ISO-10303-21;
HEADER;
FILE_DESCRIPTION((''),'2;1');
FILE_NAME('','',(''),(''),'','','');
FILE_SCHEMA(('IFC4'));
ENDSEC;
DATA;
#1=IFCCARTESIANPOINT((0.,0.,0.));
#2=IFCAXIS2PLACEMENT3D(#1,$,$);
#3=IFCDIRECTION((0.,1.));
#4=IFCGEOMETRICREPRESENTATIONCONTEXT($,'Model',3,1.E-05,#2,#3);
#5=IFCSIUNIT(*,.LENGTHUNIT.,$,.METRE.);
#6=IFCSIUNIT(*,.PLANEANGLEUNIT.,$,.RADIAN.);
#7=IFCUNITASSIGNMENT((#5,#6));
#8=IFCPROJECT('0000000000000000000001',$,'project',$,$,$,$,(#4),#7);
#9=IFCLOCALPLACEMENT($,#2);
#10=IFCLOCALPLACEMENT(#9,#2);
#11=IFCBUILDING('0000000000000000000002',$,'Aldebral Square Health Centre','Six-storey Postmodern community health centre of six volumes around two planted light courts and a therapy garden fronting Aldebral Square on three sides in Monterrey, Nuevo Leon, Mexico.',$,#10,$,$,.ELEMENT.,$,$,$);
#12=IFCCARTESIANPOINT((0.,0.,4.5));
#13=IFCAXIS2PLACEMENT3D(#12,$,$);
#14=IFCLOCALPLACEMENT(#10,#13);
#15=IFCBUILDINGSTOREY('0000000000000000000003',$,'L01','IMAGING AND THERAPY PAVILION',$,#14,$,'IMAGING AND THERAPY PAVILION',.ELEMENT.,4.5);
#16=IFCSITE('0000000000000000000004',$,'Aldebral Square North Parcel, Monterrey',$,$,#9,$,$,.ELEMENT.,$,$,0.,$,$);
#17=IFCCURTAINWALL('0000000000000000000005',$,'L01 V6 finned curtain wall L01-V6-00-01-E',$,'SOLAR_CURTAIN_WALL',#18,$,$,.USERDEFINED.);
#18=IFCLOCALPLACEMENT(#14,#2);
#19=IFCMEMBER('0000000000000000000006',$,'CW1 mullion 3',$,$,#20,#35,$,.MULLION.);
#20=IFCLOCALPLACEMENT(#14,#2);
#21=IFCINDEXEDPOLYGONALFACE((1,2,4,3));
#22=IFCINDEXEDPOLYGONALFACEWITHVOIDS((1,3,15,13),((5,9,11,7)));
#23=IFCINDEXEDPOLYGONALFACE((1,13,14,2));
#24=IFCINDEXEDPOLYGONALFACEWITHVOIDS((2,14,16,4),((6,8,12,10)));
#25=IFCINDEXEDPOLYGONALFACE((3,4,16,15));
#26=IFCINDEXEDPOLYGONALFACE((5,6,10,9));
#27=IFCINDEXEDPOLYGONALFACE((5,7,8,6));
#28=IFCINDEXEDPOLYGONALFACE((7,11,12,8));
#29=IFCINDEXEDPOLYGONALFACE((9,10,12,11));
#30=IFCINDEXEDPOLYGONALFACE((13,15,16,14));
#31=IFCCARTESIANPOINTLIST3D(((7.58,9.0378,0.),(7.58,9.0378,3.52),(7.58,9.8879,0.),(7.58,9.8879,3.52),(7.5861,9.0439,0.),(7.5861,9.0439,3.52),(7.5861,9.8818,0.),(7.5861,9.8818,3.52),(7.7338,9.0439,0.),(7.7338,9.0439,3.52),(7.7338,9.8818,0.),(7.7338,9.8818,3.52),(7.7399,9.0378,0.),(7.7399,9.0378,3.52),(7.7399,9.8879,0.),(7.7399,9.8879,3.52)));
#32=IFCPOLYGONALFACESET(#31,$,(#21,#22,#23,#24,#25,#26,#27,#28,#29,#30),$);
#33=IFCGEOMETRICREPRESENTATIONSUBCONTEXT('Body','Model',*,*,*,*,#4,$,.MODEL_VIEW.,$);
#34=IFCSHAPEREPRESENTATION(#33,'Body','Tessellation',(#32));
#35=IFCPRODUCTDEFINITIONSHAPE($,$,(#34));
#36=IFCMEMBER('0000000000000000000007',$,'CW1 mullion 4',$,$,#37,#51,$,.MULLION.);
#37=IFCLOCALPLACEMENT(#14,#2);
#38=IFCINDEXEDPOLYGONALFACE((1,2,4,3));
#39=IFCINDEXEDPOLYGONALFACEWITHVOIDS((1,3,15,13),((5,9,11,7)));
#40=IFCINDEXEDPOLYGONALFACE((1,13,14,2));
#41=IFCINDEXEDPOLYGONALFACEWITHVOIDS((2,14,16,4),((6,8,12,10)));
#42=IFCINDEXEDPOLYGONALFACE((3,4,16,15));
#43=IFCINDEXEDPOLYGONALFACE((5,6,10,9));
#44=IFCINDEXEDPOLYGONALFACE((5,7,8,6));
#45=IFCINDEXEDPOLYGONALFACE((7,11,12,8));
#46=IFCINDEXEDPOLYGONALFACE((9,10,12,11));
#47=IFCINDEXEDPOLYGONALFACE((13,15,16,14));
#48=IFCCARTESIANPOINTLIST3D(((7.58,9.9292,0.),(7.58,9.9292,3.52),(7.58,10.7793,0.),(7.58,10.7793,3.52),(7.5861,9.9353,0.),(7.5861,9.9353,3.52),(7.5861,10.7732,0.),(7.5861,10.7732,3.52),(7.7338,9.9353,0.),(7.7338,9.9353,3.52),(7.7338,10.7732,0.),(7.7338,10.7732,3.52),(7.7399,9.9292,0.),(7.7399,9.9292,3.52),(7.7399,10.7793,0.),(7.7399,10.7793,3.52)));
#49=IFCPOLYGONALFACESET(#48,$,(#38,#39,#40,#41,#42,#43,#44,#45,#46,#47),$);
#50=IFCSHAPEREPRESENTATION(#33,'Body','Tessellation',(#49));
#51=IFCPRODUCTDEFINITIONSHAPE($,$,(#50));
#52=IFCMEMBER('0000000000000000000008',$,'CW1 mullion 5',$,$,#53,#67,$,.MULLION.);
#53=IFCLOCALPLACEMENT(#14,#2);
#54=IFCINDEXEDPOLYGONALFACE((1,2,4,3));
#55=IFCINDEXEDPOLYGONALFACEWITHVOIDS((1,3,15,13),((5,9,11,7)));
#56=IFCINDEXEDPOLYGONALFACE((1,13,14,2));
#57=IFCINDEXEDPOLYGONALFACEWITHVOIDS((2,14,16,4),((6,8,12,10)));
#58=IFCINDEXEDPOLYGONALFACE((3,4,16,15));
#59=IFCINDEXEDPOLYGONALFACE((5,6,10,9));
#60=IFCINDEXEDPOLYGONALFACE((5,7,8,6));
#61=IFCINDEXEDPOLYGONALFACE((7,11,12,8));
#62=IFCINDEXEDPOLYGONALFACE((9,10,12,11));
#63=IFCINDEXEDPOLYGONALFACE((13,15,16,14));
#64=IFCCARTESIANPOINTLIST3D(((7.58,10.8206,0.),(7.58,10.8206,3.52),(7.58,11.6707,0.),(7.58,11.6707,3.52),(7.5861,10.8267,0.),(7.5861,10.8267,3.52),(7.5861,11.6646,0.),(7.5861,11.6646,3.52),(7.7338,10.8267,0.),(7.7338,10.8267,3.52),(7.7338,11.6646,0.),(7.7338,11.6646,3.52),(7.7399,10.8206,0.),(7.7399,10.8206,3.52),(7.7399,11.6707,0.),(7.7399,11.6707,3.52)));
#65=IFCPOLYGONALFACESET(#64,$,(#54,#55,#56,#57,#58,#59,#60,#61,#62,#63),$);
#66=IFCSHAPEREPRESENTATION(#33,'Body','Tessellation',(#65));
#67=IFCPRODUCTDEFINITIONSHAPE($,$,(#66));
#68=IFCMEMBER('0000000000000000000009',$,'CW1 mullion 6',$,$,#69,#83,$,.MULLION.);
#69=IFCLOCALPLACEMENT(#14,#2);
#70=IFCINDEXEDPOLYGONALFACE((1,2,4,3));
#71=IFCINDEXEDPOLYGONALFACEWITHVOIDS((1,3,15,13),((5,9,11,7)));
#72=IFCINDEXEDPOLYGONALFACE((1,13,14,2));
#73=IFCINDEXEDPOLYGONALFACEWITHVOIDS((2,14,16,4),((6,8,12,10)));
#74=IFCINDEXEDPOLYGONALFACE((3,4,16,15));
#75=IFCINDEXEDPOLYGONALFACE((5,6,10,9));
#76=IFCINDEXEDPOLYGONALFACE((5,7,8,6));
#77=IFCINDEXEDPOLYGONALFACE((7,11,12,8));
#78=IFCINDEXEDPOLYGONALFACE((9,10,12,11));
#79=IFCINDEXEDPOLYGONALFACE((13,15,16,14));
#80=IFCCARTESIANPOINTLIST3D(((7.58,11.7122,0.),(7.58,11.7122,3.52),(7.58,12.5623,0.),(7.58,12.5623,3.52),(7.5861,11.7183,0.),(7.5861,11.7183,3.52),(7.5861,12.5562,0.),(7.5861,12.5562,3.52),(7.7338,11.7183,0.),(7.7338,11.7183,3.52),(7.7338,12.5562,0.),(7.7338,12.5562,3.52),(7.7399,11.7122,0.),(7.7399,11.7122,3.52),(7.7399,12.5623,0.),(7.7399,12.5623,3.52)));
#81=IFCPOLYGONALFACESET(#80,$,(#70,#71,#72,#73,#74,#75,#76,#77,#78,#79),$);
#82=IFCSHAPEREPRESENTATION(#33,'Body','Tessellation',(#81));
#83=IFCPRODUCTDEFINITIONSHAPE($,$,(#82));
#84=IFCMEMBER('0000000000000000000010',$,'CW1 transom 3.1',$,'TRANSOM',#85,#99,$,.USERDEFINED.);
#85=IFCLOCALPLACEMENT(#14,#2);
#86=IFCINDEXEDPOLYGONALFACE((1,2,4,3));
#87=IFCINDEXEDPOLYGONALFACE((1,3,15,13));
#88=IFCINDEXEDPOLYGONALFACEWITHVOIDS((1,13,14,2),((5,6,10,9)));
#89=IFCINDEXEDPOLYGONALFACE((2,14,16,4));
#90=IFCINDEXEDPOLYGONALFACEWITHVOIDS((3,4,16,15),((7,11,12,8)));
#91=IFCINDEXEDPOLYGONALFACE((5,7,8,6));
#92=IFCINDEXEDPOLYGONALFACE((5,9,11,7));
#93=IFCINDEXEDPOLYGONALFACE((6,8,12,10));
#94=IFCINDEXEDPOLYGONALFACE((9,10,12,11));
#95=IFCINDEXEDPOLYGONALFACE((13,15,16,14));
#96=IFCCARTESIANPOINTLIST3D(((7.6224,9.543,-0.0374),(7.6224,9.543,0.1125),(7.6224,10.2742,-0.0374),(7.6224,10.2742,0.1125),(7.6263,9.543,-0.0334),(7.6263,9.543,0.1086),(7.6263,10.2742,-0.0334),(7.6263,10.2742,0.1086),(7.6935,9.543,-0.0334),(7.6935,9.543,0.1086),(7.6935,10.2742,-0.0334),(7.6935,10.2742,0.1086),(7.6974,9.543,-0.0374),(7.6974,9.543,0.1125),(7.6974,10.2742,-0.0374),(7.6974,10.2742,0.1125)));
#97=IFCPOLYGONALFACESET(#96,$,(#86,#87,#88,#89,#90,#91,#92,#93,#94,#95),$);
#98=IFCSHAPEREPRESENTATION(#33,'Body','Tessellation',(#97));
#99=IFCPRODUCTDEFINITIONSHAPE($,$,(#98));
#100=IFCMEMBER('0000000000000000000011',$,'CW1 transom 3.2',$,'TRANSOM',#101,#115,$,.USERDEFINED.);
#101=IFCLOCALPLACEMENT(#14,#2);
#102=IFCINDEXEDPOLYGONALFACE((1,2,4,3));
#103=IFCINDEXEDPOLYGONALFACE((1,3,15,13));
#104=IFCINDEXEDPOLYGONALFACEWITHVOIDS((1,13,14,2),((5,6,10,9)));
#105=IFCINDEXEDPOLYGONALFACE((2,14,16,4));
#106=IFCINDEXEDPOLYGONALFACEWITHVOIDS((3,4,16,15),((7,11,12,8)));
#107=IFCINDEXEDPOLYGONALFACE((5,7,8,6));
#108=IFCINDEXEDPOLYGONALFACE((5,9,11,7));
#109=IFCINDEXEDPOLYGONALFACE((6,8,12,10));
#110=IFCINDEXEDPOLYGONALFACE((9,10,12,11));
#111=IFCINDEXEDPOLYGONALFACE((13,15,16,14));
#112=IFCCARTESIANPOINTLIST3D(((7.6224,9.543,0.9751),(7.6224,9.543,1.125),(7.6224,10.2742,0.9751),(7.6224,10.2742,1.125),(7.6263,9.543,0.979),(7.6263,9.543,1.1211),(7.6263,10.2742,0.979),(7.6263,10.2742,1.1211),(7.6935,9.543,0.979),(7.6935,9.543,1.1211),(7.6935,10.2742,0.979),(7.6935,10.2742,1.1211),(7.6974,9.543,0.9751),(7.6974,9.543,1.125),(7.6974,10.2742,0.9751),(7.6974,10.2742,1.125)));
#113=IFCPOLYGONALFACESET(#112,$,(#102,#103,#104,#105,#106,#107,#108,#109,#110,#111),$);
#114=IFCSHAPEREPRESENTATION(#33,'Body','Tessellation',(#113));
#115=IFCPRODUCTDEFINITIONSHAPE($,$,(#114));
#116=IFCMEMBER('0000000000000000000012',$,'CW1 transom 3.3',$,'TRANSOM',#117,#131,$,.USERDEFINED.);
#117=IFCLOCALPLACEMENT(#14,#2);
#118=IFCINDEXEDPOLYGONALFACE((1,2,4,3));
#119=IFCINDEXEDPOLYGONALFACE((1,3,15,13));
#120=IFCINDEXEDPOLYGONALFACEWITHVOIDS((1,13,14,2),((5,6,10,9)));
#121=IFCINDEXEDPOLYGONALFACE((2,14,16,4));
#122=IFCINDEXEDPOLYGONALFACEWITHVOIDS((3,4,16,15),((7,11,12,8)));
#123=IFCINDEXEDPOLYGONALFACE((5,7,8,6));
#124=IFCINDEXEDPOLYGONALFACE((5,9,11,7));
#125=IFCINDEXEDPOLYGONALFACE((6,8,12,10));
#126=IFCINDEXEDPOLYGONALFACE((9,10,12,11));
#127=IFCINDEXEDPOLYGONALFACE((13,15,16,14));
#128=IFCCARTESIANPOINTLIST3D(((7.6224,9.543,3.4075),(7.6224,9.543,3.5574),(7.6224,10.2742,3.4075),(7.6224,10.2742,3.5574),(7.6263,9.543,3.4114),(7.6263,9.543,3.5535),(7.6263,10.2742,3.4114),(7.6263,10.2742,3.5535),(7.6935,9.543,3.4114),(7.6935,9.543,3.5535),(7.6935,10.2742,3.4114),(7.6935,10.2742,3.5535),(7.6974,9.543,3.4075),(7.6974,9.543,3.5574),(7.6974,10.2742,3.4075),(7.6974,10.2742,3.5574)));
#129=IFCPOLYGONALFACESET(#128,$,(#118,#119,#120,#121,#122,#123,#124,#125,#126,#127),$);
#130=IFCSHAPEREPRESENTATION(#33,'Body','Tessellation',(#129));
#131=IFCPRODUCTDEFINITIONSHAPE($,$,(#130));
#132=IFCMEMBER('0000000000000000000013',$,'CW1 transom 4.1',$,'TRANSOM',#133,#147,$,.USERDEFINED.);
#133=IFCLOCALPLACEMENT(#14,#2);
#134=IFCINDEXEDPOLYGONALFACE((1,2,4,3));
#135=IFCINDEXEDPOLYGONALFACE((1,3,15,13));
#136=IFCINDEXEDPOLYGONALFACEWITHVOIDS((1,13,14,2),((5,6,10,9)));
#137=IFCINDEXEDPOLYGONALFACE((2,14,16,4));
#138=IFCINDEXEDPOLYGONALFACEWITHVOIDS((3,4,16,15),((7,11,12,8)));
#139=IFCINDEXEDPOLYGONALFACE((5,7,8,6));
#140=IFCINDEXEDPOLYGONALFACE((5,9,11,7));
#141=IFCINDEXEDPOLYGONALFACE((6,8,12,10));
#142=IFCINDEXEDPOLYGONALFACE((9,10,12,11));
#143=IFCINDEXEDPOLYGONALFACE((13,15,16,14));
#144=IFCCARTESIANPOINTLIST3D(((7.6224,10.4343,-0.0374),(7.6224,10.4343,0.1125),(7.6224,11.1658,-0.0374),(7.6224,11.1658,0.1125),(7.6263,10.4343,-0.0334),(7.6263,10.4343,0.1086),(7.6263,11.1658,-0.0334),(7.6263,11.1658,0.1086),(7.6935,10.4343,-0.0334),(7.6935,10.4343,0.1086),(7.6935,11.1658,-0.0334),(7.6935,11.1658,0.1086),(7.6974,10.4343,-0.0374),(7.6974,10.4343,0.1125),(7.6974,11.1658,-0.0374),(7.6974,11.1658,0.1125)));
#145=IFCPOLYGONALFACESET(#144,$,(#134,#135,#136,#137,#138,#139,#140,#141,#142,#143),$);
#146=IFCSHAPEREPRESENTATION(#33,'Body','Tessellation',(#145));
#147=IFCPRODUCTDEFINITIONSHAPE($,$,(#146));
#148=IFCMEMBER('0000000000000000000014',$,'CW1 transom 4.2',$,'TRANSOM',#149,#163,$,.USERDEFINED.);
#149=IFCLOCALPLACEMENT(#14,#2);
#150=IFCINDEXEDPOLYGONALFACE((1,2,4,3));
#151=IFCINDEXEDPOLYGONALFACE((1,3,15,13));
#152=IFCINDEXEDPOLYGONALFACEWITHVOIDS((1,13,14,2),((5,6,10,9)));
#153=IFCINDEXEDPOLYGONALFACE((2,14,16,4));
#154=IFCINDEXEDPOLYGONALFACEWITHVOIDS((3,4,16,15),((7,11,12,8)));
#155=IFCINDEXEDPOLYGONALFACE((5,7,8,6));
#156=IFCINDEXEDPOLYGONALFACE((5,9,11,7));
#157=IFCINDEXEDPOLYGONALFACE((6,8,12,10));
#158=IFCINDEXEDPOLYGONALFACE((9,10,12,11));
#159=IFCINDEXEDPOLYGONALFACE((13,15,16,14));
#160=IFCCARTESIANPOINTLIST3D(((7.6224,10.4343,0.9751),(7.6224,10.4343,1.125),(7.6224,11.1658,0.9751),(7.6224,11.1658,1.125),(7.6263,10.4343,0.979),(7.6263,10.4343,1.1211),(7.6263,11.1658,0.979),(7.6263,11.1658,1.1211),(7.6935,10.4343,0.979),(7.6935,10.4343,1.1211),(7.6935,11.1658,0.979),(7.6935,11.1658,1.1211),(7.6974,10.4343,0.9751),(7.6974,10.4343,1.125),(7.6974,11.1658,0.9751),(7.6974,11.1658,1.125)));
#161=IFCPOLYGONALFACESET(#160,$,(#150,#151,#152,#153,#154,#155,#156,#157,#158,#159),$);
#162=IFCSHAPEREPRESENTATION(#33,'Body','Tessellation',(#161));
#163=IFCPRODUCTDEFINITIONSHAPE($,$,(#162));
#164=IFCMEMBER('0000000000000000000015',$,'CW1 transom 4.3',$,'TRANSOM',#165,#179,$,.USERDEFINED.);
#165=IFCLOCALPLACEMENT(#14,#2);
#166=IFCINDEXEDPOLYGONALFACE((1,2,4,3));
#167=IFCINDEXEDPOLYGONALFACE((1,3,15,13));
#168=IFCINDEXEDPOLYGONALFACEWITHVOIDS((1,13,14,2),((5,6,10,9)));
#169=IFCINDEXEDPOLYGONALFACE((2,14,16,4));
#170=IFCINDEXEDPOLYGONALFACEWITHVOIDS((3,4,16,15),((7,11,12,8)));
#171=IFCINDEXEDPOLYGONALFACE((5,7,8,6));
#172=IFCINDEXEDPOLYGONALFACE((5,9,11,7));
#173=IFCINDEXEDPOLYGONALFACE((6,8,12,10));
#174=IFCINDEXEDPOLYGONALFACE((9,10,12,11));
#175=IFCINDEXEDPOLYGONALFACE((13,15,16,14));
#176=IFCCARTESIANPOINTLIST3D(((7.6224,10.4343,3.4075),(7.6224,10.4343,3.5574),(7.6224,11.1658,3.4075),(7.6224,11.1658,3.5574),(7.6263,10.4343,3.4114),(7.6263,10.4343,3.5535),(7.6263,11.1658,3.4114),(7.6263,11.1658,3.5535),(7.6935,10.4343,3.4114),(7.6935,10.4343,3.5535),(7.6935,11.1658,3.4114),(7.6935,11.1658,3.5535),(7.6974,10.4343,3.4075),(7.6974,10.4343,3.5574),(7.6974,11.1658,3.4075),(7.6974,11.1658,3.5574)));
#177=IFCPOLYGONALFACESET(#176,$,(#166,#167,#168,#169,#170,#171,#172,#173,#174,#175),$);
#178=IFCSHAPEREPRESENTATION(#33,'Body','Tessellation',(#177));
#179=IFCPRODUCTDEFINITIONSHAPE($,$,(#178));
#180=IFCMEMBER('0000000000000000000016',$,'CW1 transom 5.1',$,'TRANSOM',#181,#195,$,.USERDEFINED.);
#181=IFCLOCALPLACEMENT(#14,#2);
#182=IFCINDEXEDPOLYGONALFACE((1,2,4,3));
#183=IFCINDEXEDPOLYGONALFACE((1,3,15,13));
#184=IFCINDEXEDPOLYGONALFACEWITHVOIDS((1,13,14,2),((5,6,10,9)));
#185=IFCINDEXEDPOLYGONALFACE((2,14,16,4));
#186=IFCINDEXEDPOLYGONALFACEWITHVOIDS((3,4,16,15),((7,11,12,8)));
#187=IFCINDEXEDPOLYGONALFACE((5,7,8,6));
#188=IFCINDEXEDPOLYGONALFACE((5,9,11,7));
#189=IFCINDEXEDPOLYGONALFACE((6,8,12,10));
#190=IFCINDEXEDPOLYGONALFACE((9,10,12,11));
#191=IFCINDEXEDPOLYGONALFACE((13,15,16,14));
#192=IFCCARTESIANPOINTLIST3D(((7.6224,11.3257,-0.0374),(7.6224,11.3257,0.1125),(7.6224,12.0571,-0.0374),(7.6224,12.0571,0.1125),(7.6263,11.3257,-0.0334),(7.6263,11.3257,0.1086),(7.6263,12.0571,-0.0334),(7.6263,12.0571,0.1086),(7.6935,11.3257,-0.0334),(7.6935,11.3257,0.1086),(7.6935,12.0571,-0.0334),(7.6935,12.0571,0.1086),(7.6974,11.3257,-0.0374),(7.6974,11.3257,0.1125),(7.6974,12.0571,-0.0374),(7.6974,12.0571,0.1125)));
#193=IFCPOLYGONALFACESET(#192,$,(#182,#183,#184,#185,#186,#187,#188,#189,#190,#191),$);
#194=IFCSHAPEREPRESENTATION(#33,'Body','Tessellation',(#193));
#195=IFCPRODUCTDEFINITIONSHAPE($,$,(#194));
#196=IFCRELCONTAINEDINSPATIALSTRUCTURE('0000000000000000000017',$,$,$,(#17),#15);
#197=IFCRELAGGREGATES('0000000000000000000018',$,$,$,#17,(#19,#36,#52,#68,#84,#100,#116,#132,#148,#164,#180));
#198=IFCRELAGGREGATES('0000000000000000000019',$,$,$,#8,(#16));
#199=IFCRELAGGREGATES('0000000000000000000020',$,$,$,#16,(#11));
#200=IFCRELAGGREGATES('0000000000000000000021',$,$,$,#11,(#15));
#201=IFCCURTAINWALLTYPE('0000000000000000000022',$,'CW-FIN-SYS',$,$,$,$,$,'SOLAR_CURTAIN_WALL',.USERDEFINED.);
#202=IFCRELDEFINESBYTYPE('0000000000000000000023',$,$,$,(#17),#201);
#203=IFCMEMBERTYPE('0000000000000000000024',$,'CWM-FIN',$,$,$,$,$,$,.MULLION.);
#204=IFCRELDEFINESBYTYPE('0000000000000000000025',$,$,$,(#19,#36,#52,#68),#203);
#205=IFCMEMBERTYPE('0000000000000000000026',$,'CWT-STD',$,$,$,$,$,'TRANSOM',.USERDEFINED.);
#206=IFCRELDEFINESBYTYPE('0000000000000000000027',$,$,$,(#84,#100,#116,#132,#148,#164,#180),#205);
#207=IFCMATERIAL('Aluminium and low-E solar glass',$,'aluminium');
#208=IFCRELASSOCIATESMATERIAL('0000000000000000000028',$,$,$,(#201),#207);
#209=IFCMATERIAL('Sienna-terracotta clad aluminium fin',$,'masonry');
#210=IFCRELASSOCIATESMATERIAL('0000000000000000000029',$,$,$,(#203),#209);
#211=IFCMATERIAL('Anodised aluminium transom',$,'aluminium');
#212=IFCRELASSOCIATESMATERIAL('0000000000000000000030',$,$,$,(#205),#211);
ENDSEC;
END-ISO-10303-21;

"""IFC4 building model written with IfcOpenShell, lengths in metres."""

from ifc_helpers import new_model, si_unit, direction, frame, origin, origin_2d, place, context, subcontext, project, spatial, hollow_rectangle, extrude, material, material_profile, profile_set, type_object, element, aggregate, save


model = new_model("IFC4")

# Units and contexts
model_context = context("Model", 3, precision=1e-05, world=origin(), true_north=direction((0.0, 1.0)))
body_context = subcontext(model_context, "Body", "Model", "MODEL_VIEW")
ifc_project = project(units=[si_unit("LENGTHUNIT", "METRE"), si_unit("PLANEANGLEUNIT", "RADIAN")], contexts=[model_context])

# Site, building, storey
site_placement = place(None, origin())
site = spatial("IfcSite", under=ifc_project, at=site_placement, Name="Aldebral Square North Parcel, Monterrey", CompositionType="ELEMENT", RefElevation=0.0)
building_placement = place(site_placement, origin())
building = spatial("IfcBuilding", under=site, at=building_placement, Name="Aldebral Square Health Centre", Description="Six-storey Postmodern community health centre of six volumes around two planted light courts and a therapy garden fronting Aldebral Square on three sides in Monterrey, Nuevo Leon, Mexico.", CompositionType="ELEMENT")
storey_placement = place(building_placement, frame((0.0, 0.0, 4.5)))
storey = spatial("IfcBuildingStorey", under=building, at=storey_placement, Name="L01", Description="IMAGING AND THERAPY PAVILION", LongName="IMAGING AND THERAPY PAVILION", CompositionType="ELEMENT", Elevation=4.5)

# Curtain wall, members
ifc_material_1 = material(Name="Aluminium and low-E solar glass", Category="aluminium")
curtain_wall_type = type_object("IfcCurtainWallType", Name="CW-FIN-SYS", ElementType="SOLAR_CURTAIN_WALL", PredefinedType="USERDEFINED", material=ifc_material_1)
curtain_wall_placement = place(storey_placement, origin())
curtain_wall = element("IfcCurtainWall", 1, at=curtain_wall_placement, inside=storey, type_object=curtain_wall_type, Name="L01 V6 finned curtain wall L01-V6-00-01-E", ObjectType="SOLAR_CURTAIN_WALL", PredefinedType="USERDEFINED")
ifc_material_2 = material(Name="Sienna-terracotta clad aluminium fin", Category="masonry")
ifc_material_profile_1 = material_profile(ifc_material_2, hollow_rectangle(XDim=0.1599, YDim=0.8501, WallThickness=0.0061, at=origin_2d()), Name="FIN 160x850x6")
ifc_profile_set_1 = profile_set([ifc_material_profile_1], Name="Sienna-terracotta clad aluminium fin")
member_type_1 = type_object("IfcMemberType", Name="CWM-FIN", PredefinedType="MULLION", material=ifc_profile_set_1)
member_1_placement = place(storey_placement, frame((7.6599, 9.4629, 0.0), z_axis=(0.0, 0.0, 1.0), x_axis=(-1.0, 0.0, 0.0)))
member_1 = element("IfcMember", 2, at=member_1_placement, type_object=member_type_1, Name="CW1 mullion 3", PredefinedType="MULLION", context=body_context, shape_type="SweptSolid", body=[
    extrude(hollow_rectangle(XDim=0.1599, YDim=0.8501, WallThickness=0.0061, at=origin_2d()), origin(), (0.0, 0.0, 1.0), 3.52),
])
member_2_placement = place(storey_placement, frame((7.6599, 10.3542, 0.0), z_axis=(0.0, 0.0, 1.0), x_axis=(-1.0, 0.0, 0.0)))
member_2 = element("IfcMember", 3, at=member_2_placement, type_object=member_type_1, Name="CW1 mullion 4", PredefinedType="MULLION", context=body_context, shape_type="SweptSolid", body=[
    extrude(hollow_rectangle(XDim=0.1599, YDim=0.8501, WallThickness=0.0061, at=origin_2d()), origin(), (0.0, 0.0, 1.0), 3.52),
])
member_3_placement = place(storey_placement, frame((7.6599, 11.2456, 0.0), z_axis=(0.0, 0.0, 1.0), x_axis=(-1.0, 0.0, 0.0)))
member_3 = element("IfcMember", 4, at=member_3_placement, type_object=member_type_1, Name="CW1 mullion 5", PredefinedType="MULLION", context=body_context, shape_type="SweptSolid", body=[
    extrude(hollow_rectangle(XDim=0.1599, YDim=0.8501, WallThickness=0.0061, at=origin_2d()), origin(), (0.0, 0.0, 1.0), 3.52),
])
member_4_placement = place(storey_placement, frame((7.6599, 12.1372, 0.0), z_axis=(0.0, 0.0, 1.0), x_axis=(-1.0, 0.0, 0.0)))
member_4 = element("IfcMember", 5, at=member_4_placement, type_object=member_type_1, Name="CW1 mullion 6", PredefinedType="MULLION", context=body_context, shape_type="SweptSolid", body=[
    extrude(hollow_rectangle(XDim=0.1599, YDim=0.8501, WallThickness=0.0061, at=origin_2d()), origin(), (0.0, 0.0, 1.0), 3.52),
])
ifc_material_3 = material(Name="Anodised aluminium transom", Category="aluminium")
ifc_material_profile_2 = material_profile(ifc_material_3, hollow_rectangle(XDim=0.075, YDim=0.1499, WallThickness=0.0039, at=origin_2d()), Name="CWT 75x150x4")
ifc_profile_set_2 = profile_set([ifc_material_profile_2], Name="Anodised aluminium transom")
member_type_2 = type_object("IfcMemberType", Name="CWT-STD", ElementType="TRANSOM", PredefinedType="USERDEFINED", material=ifc_profile_set_2)
member_5_placement = place(storey_placement, frame((7.6599, 9.543, 0.0376), z_axis=(0.0, 1.0, 0.0), x_axis=(-1.0, 0.0, 0.0)))
member_5 = element("IfcMember", 6, at=member_5_placement, type_object=member_type_2, Name="CW1 transom 3.1", ObjectType="TRANSOM", PredefinedType="USERDEFINED", context=body_context, shape_type="SweptSolid", body=[
    extrude(hollow_rectangle(XDim=0.075, YDim=0.1499, WallThickness=0.0039, at=origin_2d()), origin(), (0.0, 0.0, 1.0), 0.7312),
])
member_6_placement = place(storey_placement, frame((7.6599, 9.543, 1.05), z_axis=(0.0, 1.0, 0.0), x_axis=(-1.0, 0.0, 0.0)))
member_6 = element("IfcMember", 7, at=member_6_placement, type_object=member_type_2, Name="CW1 transom 3.2", ObjectType="TRANSOM", PredefinedType="USERDEFINED", context=body_context, shape_type="SweptSolid", body=[
    extrude(hollow_rectangle(XDim=0.075, YDim=0.1499, WallThickness=0.0039, at=origin_2d()), origin(), (0.0, 0.0, 1.0), 0.7312),
])
member_7_placement = place(storey_placement, frame((7.6599, 9.543, 3.4824), z_axis=(0.0, 1.0, 0.0), x_axis=(-1.0, 0.0, 0.0)))
member_7 = element("IfcMember", 8, at=member_7_placement, type_object=member_type_2, Name="CW1 transom 3.3", ObjectType="TRANSOM", PredefinedType="USERDEFINED", context=body_context, shape_type="SweptSolid", body=[
    extrude(hollow_rectangle(XDim=0.075, YDim=0.1499, WallThickness=0.0039, at=origin_2d()), origin(), (0.0, 0.0, 1.0), 0.7312),
])
member_8_placement = place(storey_placement, frame((7.6599, 10.4343, 0.0376), z_axis=(0.0, 1.0, 0.0), x_axis=(-1.0, 0.0, 0.0)))
member_8 = element("IfcMember", 9, at=member_8_placement, type_object=member_type_2, Name="CW1 transom 4.1", ObjectType="TRANSOM", PredefinedType="USERDEFINED", context=body_context, shape_type="SweptSolid", body=[
    extrude(hollow_rectangle(XDim=0.075, YDim=0.1499, WallThickness=0.0039, at=origin_2d()), origin(), (0.0, 0.0, 1.0), 0.7314),
])
member_9_placement = place(storey_placement, frame((7.6599, 10.4343, 1.05), z_axis=(0.0, 1.0, 0.0), x_axis=(-1.0, 0.0, 0.0)))
member_9 = element("IfcMember", 10, at=member_9_placement, type_object=member_type_2, Name="CW1 transom 4.2", ObjectType="TRANSOM", PredefinedType="USERDEFINED", context=body_context, shape_type="SweptSolid", body=[
    extrude(hollow_rectangle(XDim=0.075, YDim=0.1499, WallThickness=0.0039, at=origin_2d()), origin(), (0.0, 0.0, 1.0), 0.7314),
])
member_10_placement = place(storey_placement, frame((7.6599, 10.4343, 3.4824), z_axis=(0.0, 1.0, 0.0), x_axis=(-1.0, 0.0, 0.0)))
member_10 = element("IfcMember", 11, at=member_10_placement, type_object=member_type_2, Name="CW1 transom 4.3", ObjectType="TRANSOM", PredefinedType="USERDEFINED", context=body_context, shape_type="SweptSolid", body=[
    extrude(hollow_rectangle(XDim=0.075, YDim=0.1499, WallThickness=0.0039, at=origin_2d()), origin(), (0.0, 0.0, 1.0), 0.7314),
])
member_11_placement = place(storey_placement, frame((7.6599, 11.3257, 0.0376), z_axis=(0.0, 1.0, 0.0), x_axis=(-1.0, 0.0, 0.0)))
member_11 = element("IfcMember", 12, at=member_11_placement, type_object=member_type_2, Name="CW1 transom 5.1", ObjectType="TRANSOM", PredefinedType="USERDEFINED", context=body_context, shape_type="SweptSolid", body=[
    extrude(hollow_rectangle(XDim=0.075, YDim=0.1499, WallThickness=0.0039, at=origin_2d()), origin(), (0.0, 0.0, 1.0), 0.7314),
])
aggregate(curtain_wall, [member_1, member_2, member_3, member_4, member_5, member_6, member_7, member_8, member_9, member_10, member_11])

save(model, "model.ifc")
